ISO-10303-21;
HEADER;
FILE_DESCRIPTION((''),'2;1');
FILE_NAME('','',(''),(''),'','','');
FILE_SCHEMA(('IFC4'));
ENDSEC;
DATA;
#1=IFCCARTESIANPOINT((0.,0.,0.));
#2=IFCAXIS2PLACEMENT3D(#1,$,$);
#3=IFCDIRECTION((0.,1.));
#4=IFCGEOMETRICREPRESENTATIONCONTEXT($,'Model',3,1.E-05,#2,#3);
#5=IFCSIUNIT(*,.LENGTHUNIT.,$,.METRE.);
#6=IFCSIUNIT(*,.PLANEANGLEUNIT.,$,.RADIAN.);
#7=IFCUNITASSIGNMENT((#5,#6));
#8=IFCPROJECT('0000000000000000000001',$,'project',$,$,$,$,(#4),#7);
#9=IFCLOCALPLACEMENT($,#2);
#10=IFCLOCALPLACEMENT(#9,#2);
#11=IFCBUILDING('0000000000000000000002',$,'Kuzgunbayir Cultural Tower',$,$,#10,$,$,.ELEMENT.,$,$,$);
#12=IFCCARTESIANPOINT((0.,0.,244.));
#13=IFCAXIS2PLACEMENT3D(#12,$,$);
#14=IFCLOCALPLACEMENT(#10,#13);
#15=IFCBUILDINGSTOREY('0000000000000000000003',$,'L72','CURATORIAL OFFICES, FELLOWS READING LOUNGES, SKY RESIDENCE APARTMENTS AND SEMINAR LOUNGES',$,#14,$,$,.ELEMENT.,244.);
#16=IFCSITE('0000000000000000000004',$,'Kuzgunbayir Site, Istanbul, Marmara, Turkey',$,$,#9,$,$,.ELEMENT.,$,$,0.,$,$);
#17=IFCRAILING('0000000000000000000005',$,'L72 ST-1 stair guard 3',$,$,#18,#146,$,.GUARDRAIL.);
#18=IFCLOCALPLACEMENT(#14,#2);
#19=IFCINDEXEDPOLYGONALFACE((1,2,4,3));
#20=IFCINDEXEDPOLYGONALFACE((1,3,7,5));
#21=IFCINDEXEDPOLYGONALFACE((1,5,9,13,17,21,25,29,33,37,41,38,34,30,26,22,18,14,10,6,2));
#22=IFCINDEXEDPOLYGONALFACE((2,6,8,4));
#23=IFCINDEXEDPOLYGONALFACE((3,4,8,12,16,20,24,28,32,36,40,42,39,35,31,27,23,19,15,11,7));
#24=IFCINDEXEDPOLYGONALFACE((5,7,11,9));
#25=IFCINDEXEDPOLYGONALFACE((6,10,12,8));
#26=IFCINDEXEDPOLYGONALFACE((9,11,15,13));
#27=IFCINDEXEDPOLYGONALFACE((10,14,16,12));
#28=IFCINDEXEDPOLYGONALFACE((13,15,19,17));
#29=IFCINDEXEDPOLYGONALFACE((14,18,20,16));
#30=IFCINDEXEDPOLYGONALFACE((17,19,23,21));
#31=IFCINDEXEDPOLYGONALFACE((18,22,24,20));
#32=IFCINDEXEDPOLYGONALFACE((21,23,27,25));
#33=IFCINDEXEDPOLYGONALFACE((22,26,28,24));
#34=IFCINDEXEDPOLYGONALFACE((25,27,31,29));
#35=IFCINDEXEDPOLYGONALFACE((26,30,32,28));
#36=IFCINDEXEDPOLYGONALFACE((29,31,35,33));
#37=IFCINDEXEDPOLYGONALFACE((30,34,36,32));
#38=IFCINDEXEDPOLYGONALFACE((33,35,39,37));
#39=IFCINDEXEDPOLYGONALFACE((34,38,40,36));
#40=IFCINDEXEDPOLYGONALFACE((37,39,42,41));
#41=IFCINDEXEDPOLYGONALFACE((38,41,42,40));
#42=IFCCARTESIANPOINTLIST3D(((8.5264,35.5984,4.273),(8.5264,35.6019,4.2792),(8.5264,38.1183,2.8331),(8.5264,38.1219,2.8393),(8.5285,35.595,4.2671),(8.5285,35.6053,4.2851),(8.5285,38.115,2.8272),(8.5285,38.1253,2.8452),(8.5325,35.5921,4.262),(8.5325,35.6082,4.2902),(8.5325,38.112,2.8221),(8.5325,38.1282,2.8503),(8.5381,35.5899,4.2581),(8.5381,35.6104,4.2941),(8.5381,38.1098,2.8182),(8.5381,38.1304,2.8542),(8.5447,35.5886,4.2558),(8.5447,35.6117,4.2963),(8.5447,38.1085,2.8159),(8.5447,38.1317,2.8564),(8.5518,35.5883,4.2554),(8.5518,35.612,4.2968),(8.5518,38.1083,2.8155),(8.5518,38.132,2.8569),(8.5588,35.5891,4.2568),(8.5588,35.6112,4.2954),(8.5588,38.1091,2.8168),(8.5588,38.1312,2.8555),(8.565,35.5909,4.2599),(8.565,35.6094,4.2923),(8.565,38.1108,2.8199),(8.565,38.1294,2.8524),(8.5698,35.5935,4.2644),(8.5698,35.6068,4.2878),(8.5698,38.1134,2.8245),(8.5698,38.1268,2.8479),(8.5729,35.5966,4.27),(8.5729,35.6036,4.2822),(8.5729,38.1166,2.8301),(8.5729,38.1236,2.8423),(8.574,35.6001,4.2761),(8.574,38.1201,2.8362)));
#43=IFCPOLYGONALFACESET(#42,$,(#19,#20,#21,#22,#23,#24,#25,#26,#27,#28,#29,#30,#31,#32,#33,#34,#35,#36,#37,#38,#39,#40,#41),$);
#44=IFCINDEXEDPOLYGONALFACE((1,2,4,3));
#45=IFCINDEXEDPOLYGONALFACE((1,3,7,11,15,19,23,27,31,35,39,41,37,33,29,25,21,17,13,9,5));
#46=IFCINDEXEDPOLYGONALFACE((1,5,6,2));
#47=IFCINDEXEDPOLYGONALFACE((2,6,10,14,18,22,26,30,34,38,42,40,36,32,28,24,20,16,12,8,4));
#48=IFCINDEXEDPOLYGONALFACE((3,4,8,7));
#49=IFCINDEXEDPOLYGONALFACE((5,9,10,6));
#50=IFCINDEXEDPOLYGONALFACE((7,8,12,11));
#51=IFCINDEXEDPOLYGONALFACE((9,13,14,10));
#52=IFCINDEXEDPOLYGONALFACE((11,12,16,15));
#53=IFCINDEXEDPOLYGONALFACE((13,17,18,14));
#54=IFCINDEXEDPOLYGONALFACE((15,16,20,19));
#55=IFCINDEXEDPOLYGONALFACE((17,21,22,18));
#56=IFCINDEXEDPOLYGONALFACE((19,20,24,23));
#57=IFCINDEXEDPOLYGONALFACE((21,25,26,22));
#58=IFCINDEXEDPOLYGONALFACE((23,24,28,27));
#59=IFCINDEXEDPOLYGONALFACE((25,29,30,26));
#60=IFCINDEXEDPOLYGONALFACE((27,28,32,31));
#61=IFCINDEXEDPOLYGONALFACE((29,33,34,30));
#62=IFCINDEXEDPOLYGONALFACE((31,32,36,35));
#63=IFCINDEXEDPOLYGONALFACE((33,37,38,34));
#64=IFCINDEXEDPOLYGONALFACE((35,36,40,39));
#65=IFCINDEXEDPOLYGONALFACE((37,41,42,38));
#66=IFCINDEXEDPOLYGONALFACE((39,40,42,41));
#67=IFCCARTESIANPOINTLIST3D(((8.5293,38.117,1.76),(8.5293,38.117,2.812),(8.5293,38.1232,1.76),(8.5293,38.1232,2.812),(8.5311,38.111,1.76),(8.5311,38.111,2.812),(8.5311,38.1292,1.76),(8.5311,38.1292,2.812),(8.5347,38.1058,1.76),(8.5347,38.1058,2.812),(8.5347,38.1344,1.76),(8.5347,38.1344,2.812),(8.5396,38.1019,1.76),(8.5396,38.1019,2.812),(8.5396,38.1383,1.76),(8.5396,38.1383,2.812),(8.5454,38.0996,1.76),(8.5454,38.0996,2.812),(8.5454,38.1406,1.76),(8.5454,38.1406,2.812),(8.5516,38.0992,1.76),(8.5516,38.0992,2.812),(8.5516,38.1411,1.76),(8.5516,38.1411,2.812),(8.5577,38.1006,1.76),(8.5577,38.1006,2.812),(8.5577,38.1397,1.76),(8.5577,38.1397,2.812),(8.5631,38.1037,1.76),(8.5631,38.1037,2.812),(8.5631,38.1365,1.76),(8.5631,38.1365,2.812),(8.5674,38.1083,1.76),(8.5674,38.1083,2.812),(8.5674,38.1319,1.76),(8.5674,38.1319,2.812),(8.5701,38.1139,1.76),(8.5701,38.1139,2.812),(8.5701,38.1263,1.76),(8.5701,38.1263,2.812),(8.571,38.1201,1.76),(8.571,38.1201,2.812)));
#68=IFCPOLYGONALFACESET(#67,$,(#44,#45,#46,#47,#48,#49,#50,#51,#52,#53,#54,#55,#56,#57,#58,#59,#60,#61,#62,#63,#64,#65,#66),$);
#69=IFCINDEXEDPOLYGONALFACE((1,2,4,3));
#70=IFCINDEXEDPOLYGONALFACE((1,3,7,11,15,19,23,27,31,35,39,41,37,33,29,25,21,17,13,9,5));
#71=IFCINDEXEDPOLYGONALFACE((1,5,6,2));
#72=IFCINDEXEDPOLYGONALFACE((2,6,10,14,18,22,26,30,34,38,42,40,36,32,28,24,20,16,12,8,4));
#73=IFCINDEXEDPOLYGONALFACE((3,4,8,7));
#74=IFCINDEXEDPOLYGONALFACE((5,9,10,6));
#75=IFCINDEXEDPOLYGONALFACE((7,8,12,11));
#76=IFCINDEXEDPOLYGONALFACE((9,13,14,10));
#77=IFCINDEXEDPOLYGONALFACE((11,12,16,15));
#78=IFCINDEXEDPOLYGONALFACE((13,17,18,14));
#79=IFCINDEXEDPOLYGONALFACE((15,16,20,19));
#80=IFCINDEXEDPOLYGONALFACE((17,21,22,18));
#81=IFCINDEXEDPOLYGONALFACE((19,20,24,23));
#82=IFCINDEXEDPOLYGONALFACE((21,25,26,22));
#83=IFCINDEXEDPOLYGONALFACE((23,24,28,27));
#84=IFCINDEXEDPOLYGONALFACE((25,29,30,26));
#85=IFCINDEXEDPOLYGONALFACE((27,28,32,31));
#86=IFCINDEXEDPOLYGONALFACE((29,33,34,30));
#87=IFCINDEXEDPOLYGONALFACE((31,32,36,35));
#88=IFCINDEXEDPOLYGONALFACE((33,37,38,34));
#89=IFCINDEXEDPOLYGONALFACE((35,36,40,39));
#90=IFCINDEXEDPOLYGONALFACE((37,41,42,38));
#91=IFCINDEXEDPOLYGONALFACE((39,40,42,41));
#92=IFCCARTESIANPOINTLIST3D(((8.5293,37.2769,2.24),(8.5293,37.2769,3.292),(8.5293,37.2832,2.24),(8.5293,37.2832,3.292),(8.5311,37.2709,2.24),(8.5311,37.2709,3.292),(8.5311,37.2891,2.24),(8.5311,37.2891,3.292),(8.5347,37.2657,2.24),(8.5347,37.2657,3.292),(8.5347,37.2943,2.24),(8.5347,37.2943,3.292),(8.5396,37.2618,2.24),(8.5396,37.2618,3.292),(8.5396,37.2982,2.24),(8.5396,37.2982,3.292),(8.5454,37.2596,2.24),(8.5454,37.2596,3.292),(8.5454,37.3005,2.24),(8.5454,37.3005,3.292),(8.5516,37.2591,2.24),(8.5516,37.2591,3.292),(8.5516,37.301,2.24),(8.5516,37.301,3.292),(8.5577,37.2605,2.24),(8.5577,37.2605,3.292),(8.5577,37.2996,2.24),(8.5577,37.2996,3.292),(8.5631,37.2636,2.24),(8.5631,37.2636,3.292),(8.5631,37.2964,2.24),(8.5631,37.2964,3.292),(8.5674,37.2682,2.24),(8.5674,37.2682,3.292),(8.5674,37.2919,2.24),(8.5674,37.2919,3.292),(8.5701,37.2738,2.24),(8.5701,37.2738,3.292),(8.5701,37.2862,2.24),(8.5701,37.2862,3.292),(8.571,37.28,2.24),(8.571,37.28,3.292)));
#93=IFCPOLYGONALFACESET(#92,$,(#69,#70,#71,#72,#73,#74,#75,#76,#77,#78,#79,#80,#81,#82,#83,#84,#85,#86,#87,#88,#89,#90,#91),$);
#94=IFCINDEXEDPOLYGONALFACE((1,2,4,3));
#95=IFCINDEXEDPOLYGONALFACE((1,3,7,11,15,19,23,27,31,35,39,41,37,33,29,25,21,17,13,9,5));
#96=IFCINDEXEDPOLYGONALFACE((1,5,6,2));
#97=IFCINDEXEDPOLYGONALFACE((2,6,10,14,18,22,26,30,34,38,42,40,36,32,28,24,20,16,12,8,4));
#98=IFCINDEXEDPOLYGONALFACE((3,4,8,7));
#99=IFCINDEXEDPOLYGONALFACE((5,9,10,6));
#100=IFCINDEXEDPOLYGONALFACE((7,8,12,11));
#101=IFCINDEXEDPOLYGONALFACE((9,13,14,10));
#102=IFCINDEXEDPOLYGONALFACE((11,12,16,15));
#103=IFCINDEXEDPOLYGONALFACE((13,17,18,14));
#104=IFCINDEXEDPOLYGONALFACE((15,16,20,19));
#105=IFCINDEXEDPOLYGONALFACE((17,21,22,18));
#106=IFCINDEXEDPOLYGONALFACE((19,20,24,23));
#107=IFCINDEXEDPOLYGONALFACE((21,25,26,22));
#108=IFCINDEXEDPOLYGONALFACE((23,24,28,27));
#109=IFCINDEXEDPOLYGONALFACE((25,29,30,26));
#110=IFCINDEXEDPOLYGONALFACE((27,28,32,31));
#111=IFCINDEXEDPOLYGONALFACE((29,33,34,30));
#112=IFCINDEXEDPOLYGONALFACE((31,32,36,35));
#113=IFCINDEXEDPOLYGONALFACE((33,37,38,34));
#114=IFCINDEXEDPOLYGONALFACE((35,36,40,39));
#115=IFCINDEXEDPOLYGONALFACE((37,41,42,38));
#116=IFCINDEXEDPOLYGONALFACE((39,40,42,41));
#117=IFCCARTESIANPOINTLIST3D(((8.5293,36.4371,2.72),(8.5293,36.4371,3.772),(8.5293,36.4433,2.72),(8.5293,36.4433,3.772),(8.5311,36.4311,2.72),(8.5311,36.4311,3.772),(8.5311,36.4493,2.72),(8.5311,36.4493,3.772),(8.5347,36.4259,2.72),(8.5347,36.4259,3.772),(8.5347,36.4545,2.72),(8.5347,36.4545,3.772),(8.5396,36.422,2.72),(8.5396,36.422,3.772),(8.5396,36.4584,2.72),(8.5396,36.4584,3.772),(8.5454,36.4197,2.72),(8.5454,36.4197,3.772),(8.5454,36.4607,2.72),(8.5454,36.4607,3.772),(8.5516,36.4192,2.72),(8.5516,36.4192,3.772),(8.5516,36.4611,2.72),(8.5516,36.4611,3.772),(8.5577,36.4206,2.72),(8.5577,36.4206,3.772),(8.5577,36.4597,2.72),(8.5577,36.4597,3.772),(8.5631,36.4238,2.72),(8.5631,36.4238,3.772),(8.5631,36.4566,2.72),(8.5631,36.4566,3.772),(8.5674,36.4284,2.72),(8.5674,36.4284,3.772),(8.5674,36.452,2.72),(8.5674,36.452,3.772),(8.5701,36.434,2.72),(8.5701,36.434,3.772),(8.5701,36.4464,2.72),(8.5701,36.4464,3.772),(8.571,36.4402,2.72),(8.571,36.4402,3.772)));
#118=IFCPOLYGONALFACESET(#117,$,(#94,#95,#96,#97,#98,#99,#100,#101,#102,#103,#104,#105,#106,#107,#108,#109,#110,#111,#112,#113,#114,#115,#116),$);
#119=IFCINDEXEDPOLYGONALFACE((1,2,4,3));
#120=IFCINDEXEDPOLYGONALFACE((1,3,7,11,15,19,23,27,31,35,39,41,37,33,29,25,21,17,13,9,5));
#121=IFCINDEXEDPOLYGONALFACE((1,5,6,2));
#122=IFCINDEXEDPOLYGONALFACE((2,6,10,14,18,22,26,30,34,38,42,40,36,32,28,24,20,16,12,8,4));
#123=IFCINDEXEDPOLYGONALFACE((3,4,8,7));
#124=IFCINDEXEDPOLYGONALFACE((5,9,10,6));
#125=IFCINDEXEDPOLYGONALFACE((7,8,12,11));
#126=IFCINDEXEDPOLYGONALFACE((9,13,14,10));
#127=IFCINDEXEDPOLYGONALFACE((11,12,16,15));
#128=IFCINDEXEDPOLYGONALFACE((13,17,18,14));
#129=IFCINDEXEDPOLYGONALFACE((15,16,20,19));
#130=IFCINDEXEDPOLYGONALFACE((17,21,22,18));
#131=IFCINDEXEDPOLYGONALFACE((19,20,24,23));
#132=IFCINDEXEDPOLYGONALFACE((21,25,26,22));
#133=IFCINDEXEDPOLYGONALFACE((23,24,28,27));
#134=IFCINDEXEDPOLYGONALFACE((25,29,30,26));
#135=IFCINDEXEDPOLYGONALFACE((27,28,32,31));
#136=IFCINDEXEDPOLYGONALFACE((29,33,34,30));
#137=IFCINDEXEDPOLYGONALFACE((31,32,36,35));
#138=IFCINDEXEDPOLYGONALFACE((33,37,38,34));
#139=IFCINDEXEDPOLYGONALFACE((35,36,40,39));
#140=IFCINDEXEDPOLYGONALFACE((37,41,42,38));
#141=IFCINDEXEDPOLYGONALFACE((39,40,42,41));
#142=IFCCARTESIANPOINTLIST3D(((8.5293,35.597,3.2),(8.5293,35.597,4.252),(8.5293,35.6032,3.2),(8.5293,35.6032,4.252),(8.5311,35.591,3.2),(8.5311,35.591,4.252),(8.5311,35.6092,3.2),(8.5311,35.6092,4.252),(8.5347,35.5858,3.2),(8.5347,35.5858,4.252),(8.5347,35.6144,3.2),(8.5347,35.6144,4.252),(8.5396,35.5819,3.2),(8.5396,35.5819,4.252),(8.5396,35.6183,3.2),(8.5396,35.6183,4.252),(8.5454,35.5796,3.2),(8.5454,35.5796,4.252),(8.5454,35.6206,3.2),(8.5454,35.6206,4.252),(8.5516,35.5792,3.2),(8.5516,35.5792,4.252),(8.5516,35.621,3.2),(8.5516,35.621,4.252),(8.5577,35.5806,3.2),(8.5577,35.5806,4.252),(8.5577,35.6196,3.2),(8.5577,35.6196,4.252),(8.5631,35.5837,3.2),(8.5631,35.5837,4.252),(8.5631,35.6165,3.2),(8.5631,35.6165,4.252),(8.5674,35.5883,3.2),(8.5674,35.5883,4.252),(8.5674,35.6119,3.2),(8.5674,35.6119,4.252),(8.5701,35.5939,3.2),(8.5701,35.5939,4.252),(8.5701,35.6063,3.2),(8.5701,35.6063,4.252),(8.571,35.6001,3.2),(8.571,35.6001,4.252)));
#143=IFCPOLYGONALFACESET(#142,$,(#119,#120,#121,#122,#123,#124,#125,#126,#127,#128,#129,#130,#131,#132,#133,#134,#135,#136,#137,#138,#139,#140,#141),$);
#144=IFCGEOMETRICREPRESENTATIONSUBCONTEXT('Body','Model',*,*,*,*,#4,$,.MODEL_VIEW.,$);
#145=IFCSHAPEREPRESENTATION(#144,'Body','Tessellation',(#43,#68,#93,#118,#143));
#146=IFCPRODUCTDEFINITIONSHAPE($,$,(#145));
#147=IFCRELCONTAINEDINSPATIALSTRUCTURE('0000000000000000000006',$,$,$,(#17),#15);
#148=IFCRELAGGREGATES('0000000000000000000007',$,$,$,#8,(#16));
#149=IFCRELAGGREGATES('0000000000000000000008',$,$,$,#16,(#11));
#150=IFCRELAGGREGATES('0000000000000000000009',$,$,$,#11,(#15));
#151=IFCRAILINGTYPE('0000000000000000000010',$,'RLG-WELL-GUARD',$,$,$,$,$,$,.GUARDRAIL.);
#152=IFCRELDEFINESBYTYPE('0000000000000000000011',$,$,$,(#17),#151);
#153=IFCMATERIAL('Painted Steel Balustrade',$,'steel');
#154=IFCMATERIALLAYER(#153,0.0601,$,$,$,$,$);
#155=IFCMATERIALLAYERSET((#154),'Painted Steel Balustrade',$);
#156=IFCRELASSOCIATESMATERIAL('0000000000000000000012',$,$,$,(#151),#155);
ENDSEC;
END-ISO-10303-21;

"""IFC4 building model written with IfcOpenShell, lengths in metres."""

from ifc_helpers import new_model, si_unit, direction, frame, origin, origin_2d, place, context, subcontext, project, spatial, circle, extrude, material, layer, layer_set, type_object, element, save


model = new_model("IFC4")

# Units and contexts
model_context = context("Model", 3, precision=1e-05, world=origin(), true_north=direction((0.0, 1.0)))
body_context = subcontext(model_context, "Body", "Model", "MODEL_VIEW")
ifc_project = project(units=[si_unit("LENGTHUNIT", "METRE"), si_unit("PLANEANGLEUNIT", "RADIAN")], contexts=[model_context])

# Site, building, storey
site_placement = place(None, origin())
site = spatial("IfcSite", under=ifc_project, at=site_placement, Name="Kuzgunbayir Site, Istanbul, Marmara, Turkey", CompositionType="ELEMENT", RefElevation=0.0)
building_placement = place(site_placement, origin())
building = spatial("IfcBuilding", under=site, at=building_placement, Name="Kuzgunbayir Cultural Tower", CompositionType="ELEMENT")
storey_placement = place(building_placement, frame((0.0, 0.0, 244.0)))
storey = spatial("IfcBuildingStorey", under=building, at=storey_placement, Name="L72", Description="CURATORIAL OFFICES, FELLOWS READING LOUNGES, SKY RESIDENCE APARTMENTS AND SEMINAR LOUNGES", CompositionType="ELEMENT", Elevation=244.0)

# Railing
ifc_material_1 = material(Name="Painted Steel Balustrade", Category="steel")
ifc_layer_1 = layer(ifc_material_1, 0.0601)
ifc_layer_set_1 = layer_set([ifc_layer_1], Name="Painted Steel Balustrade")
railing_type_1 = type_object("IfcRailingType", Name="RLG-WELL-GUARD", PredefinedType="GUARDRAIL", material=ifc_layer_set_1)
railing_1_placement = place(storey_placement, frame((8.55, 38.1201, 1.76)))
element("IfcRailing", 1, at=railing_1_placement, inside=storey, type_object=railing_type_1, Name="L72 ST-1 stair guard 3", PredefinedType="GUARDRAIL", context=body_context, shape_type="SweptSolid", body=[
    extrude(circle(Radius=0.0239, at=origin_2d()), frame((0.0, 0.0, 1.0762), z_axis=(0.0, -0.868253, 0.496121), x_axis=(1.0, 0.0, 0.0)), (0.0, 0.0, 1.0), 2.9023),
    extrude(circle(Radius=0.021, at=origin_2d()), origin(), (0.0, 0.0, 1.0), 1.052),
    extrude(circle(Radius=0.021, at=origin_2d()), frame((0.0, -0.8401, 0.48)), (0.0, 0.0, 1.0), 1.052),
    extrude(circle(Radius=0.021, at=origin_2d()), frame((0.0, -1.6799, 0.96)), (0.0, 0.0, 1.0), 1.052),
    extrude(circle(Radius=0.021, at=origin_2d()), frame((0.0, -2.52, 1.4399)), (0.0, 0.0, 1.0), 1.052),
])

save(model, "model.ifc")
